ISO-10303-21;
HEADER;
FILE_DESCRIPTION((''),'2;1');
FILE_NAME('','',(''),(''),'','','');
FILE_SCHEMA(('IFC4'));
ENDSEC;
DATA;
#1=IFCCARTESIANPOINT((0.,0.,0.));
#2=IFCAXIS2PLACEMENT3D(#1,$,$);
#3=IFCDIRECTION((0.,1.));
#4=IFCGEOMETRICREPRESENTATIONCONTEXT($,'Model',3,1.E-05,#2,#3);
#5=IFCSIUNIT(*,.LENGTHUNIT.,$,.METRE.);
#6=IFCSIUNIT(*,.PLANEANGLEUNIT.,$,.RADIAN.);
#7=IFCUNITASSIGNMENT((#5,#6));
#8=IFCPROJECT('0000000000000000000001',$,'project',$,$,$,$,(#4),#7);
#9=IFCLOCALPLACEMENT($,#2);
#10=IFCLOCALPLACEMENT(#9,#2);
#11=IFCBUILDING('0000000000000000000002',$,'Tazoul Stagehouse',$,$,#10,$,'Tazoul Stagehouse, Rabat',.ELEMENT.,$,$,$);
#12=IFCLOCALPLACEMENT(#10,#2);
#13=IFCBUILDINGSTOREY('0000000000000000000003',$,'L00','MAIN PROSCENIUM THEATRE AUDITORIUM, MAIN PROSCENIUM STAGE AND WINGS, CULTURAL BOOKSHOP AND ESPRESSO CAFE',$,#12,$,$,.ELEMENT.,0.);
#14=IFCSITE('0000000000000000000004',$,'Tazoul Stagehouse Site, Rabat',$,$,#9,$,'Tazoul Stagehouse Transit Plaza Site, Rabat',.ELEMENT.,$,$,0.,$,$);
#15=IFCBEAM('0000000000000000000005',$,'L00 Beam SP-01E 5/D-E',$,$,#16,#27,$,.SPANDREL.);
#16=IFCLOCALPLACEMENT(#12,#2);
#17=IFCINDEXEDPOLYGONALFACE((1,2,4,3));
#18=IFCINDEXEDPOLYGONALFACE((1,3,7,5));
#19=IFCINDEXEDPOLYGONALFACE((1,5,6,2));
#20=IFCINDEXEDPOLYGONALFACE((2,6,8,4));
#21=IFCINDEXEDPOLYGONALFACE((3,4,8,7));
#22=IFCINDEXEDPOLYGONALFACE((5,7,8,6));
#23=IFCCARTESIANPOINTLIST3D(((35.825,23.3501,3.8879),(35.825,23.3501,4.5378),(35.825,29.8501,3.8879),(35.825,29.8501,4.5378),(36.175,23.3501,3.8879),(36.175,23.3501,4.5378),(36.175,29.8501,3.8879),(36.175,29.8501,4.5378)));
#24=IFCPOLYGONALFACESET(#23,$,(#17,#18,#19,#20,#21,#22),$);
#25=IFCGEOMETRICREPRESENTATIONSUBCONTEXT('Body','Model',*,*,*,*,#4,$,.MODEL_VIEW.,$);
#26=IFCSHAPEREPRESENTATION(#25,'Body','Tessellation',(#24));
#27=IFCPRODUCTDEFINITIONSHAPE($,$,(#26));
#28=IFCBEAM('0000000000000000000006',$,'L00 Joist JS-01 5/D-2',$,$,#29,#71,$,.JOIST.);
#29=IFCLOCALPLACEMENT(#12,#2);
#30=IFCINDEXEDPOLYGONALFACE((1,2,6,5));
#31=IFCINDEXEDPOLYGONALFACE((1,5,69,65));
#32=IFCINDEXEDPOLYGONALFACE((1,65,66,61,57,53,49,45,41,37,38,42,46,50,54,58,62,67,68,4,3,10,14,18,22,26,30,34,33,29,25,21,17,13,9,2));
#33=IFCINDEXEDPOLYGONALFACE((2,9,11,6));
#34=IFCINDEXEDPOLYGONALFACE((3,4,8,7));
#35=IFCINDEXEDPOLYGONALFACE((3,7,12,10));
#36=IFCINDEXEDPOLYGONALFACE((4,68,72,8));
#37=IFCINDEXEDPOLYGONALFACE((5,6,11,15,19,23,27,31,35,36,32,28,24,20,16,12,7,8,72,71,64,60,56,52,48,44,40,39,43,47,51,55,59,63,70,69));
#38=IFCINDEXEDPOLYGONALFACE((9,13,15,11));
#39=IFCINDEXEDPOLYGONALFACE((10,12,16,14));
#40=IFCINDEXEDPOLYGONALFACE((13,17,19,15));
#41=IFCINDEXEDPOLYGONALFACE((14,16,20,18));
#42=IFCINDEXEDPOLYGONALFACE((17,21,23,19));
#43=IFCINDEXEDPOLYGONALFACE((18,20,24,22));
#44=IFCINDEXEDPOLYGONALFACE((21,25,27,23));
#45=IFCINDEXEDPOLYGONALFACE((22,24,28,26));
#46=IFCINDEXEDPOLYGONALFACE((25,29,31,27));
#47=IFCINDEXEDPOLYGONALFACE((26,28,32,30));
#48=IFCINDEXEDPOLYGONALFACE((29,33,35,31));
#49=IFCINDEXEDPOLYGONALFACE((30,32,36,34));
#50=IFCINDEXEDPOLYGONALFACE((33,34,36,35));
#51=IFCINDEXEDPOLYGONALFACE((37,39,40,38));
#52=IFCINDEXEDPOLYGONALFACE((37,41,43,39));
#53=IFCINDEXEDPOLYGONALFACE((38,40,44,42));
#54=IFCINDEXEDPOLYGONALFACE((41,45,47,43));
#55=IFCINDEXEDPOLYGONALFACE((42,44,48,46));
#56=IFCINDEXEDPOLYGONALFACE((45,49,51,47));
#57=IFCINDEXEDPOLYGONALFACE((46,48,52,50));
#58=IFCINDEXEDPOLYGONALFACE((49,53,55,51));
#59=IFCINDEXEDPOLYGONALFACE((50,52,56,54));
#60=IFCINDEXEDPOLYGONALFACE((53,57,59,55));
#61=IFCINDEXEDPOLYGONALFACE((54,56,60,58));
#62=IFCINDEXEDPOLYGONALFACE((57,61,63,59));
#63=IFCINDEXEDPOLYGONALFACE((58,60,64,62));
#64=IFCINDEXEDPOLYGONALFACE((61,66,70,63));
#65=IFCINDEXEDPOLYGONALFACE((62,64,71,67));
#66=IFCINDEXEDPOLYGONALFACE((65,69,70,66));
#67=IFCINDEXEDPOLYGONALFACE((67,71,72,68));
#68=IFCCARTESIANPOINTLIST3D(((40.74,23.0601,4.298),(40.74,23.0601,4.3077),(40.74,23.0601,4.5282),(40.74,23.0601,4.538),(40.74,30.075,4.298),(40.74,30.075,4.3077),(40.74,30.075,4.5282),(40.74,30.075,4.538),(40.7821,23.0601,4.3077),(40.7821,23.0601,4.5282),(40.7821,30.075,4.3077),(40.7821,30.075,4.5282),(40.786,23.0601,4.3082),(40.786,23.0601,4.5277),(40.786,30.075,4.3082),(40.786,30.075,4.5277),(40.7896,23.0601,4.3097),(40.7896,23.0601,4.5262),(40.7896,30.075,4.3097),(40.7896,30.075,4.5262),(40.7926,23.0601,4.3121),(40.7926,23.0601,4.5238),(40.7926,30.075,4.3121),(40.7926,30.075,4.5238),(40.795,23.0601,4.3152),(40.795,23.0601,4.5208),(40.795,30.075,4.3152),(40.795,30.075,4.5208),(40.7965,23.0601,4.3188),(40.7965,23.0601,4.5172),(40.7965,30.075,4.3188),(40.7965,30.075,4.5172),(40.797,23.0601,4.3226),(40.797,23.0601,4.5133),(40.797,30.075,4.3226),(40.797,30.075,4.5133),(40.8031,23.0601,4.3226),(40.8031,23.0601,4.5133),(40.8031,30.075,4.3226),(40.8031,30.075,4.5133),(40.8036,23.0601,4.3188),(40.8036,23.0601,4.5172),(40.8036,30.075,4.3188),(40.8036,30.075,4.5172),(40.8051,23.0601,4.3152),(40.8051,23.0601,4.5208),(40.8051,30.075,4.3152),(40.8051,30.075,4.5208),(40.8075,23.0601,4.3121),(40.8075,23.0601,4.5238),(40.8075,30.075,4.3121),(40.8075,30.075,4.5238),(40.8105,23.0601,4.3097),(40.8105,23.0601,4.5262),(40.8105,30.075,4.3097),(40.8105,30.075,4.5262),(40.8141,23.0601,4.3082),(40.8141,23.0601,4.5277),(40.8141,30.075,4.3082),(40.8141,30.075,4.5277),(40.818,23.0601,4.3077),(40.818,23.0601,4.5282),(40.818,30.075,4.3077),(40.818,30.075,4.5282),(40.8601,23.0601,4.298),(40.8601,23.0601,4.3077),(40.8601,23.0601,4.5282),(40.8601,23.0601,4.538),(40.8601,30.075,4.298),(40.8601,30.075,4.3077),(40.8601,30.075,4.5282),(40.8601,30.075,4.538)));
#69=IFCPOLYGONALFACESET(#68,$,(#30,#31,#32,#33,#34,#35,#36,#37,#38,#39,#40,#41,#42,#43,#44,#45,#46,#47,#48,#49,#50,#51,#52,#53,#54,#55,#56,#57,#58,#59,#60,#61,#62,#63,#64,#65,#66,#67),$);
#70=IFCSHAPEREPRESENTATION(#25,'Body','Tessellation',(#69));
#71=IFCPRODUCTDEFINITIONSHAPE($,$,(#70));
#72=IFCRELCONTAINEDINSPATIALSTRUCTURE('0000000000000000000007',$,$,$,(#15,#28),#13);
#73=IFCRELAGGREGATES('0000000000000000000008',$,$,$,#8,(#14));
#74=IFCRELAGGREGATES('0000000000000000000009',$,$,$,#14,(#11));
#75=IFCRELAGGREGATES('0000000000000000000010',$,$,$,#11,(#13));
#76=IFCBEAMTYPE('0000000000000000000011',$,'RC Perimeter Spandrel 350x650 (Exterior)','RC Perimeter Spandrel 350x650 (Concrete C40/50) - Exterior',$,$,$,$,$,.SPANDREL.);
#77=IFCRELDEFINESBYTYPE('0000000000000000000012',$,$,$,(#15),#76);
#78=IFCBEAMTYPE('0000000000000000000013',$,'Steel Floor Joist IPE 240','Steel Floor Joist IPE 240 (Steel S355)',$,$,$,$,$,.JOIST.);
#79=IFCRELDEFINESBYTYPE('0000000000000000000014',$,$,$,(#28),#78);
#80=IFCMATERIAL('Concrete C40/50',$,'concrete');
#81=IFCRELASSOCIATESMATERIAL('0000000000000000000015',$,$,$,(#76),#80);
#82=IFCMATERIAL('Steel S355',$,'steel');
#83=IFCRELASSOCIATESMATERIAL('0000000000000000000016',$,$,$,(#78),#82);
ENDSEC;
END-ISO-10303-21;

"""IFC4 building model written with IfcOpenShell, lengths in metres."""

from ifc_helpers import new_model, si_unit, direction, frame, origin, origin_2d, place, context, subcontext, project, spatial, rectangle, i_section, extrude, material, material_profile, profile_set, type_object, element, save


model = new_model("IFC4")

# Units and contexts
model_context = context("Model", 3, precision=1e-05, world=origin(), true_north=direction((0.0, 1.0)))
body_context = subcontext(model_context, "Body", "Model", "MODEL_VIEW")
ifc_project = project(units=[si_unit("LENGTHUNIT", "METRE"), si_unit("PLANEANGLEUNIT", "RADIAN")], contexts=[model_context])

# Site, building, storey
site_placement = place(None, origin())
site = spatial("IfcSite", under=ifc_project, at=site_placement, Name="Tazoul Stagehouse Site, Rabat", LongName="Tazoul Stagehouse Transit Plaza Site, Rabat", CompositionType="ELEMENT", RefElevation=0.0)
building_placement = place(site_placement, origin())
building = spatial("IfcBuilding", under=site, at=building_placement, Name="Tazoul Stagehouse", LongName="Tazoul Stagehouse, Rabat", CompositionType="ELEMENT")
storey_placement = place(building_placement, origin())
storey = spatial("IfcBuildingStorey", under=building, at=storey_placement, Name="L00", Description="MAIN PROSCENIUM THEATRE AUDITORIUM, MAIN PROSCENIUM STAGE AND WINGS, CULTURAL BOOKSHOP AND ESPRESSO CAFE", CompositionType="ELEMENT", Elevation=0.0)

# Beams
ifc_material_1 = material(Name="Concrete C40/50", Category="concrete")
ifc_material_profile_1 = material_profile(ifc_material_1, rectangle(XDim=0.3501, YDim=0.6499, at=origin_2d()), Name="RC 350x650")
ifc_profile_set_1 = profile_set([ifc_material_profile_1], Name="Concrete C40/50")
beam_type_1 = type_object("IfcBeamType", Name="RC Perimeter Spandrel 350x650 (Exterior)", Description="RC Perimeter Spandrel 350x650 (Concrete C40/50) - Exterior", PredefinedType="SPANDREL", material=ifc_profile_set_1)
beam_1_placement = place(storey_placement, frame((36.0, 23.3501, 4.2129), z_axis=(0.0, 1.0, 0.0), x_axis=(-1.0, 0.0, 0.0)))
element("IfcBeam", 1, at=beam_1_placement, inside=storey, type_object=beam_type_1, Name="L00 Beam SP-01E 5/D-E", PredefinedType="SPANDREL", context=body_context, shape_type="SweptSolid", body=[
    extrude(rectangle(XDim=0.3501, YDim=0.6499, at=origin_2d()), origin(), (0.0, 0.0, 1.0), 6.5),
])
ifc_material_2 = material(Name="Steel S355", Category="steel")
ifc_material_profile_2 = material_profile(ifc_material_2, i_section(OverallWidth=0.1201, OverallDepth=0.24, WebThickness=0.0061, FlangeThickness=0.0098, FilletRadius=0.0149, at=origin_2d()), Name="IPE 240")
ifc_profile_set_2 = profile_set([ifc_material_profile_2], Name="Steel S355")
beam_type_2 = type_object("IfcBeamType", Name="Steel Floor Joist IPE 240", Description="Steel Floor Joist IPE 240 (Steel S355)", PredefinedType="JOIST", material=ifc_profile_set_2)
beam_2_placement = place(storey_placement, frame((40.8, 23.0601, 4.418), z_axis=(0.0, 1.0, 0.0), x_axis=(-1.0, 0.0, 0.0)))
element("IfcBeam", 2, at=beam_2_placement, inside=storey, type_object=beam_type_2, Name="L00 Joist JS-01 5/D-2", PredefinedType="JOIST", context=body_context, shape_type="SweptSolid", body=[
    extrude(i_section(OverallWidth=0.1201, OverallDepth=0.24, WebThickness=0.0061, FlangeThickness=0.0098, FilletRadius=0.0149, at=origin_2d()), origin(), (0.0, 0.0, 1.0), 7.0149),
])

save(model, "model.ifc")
